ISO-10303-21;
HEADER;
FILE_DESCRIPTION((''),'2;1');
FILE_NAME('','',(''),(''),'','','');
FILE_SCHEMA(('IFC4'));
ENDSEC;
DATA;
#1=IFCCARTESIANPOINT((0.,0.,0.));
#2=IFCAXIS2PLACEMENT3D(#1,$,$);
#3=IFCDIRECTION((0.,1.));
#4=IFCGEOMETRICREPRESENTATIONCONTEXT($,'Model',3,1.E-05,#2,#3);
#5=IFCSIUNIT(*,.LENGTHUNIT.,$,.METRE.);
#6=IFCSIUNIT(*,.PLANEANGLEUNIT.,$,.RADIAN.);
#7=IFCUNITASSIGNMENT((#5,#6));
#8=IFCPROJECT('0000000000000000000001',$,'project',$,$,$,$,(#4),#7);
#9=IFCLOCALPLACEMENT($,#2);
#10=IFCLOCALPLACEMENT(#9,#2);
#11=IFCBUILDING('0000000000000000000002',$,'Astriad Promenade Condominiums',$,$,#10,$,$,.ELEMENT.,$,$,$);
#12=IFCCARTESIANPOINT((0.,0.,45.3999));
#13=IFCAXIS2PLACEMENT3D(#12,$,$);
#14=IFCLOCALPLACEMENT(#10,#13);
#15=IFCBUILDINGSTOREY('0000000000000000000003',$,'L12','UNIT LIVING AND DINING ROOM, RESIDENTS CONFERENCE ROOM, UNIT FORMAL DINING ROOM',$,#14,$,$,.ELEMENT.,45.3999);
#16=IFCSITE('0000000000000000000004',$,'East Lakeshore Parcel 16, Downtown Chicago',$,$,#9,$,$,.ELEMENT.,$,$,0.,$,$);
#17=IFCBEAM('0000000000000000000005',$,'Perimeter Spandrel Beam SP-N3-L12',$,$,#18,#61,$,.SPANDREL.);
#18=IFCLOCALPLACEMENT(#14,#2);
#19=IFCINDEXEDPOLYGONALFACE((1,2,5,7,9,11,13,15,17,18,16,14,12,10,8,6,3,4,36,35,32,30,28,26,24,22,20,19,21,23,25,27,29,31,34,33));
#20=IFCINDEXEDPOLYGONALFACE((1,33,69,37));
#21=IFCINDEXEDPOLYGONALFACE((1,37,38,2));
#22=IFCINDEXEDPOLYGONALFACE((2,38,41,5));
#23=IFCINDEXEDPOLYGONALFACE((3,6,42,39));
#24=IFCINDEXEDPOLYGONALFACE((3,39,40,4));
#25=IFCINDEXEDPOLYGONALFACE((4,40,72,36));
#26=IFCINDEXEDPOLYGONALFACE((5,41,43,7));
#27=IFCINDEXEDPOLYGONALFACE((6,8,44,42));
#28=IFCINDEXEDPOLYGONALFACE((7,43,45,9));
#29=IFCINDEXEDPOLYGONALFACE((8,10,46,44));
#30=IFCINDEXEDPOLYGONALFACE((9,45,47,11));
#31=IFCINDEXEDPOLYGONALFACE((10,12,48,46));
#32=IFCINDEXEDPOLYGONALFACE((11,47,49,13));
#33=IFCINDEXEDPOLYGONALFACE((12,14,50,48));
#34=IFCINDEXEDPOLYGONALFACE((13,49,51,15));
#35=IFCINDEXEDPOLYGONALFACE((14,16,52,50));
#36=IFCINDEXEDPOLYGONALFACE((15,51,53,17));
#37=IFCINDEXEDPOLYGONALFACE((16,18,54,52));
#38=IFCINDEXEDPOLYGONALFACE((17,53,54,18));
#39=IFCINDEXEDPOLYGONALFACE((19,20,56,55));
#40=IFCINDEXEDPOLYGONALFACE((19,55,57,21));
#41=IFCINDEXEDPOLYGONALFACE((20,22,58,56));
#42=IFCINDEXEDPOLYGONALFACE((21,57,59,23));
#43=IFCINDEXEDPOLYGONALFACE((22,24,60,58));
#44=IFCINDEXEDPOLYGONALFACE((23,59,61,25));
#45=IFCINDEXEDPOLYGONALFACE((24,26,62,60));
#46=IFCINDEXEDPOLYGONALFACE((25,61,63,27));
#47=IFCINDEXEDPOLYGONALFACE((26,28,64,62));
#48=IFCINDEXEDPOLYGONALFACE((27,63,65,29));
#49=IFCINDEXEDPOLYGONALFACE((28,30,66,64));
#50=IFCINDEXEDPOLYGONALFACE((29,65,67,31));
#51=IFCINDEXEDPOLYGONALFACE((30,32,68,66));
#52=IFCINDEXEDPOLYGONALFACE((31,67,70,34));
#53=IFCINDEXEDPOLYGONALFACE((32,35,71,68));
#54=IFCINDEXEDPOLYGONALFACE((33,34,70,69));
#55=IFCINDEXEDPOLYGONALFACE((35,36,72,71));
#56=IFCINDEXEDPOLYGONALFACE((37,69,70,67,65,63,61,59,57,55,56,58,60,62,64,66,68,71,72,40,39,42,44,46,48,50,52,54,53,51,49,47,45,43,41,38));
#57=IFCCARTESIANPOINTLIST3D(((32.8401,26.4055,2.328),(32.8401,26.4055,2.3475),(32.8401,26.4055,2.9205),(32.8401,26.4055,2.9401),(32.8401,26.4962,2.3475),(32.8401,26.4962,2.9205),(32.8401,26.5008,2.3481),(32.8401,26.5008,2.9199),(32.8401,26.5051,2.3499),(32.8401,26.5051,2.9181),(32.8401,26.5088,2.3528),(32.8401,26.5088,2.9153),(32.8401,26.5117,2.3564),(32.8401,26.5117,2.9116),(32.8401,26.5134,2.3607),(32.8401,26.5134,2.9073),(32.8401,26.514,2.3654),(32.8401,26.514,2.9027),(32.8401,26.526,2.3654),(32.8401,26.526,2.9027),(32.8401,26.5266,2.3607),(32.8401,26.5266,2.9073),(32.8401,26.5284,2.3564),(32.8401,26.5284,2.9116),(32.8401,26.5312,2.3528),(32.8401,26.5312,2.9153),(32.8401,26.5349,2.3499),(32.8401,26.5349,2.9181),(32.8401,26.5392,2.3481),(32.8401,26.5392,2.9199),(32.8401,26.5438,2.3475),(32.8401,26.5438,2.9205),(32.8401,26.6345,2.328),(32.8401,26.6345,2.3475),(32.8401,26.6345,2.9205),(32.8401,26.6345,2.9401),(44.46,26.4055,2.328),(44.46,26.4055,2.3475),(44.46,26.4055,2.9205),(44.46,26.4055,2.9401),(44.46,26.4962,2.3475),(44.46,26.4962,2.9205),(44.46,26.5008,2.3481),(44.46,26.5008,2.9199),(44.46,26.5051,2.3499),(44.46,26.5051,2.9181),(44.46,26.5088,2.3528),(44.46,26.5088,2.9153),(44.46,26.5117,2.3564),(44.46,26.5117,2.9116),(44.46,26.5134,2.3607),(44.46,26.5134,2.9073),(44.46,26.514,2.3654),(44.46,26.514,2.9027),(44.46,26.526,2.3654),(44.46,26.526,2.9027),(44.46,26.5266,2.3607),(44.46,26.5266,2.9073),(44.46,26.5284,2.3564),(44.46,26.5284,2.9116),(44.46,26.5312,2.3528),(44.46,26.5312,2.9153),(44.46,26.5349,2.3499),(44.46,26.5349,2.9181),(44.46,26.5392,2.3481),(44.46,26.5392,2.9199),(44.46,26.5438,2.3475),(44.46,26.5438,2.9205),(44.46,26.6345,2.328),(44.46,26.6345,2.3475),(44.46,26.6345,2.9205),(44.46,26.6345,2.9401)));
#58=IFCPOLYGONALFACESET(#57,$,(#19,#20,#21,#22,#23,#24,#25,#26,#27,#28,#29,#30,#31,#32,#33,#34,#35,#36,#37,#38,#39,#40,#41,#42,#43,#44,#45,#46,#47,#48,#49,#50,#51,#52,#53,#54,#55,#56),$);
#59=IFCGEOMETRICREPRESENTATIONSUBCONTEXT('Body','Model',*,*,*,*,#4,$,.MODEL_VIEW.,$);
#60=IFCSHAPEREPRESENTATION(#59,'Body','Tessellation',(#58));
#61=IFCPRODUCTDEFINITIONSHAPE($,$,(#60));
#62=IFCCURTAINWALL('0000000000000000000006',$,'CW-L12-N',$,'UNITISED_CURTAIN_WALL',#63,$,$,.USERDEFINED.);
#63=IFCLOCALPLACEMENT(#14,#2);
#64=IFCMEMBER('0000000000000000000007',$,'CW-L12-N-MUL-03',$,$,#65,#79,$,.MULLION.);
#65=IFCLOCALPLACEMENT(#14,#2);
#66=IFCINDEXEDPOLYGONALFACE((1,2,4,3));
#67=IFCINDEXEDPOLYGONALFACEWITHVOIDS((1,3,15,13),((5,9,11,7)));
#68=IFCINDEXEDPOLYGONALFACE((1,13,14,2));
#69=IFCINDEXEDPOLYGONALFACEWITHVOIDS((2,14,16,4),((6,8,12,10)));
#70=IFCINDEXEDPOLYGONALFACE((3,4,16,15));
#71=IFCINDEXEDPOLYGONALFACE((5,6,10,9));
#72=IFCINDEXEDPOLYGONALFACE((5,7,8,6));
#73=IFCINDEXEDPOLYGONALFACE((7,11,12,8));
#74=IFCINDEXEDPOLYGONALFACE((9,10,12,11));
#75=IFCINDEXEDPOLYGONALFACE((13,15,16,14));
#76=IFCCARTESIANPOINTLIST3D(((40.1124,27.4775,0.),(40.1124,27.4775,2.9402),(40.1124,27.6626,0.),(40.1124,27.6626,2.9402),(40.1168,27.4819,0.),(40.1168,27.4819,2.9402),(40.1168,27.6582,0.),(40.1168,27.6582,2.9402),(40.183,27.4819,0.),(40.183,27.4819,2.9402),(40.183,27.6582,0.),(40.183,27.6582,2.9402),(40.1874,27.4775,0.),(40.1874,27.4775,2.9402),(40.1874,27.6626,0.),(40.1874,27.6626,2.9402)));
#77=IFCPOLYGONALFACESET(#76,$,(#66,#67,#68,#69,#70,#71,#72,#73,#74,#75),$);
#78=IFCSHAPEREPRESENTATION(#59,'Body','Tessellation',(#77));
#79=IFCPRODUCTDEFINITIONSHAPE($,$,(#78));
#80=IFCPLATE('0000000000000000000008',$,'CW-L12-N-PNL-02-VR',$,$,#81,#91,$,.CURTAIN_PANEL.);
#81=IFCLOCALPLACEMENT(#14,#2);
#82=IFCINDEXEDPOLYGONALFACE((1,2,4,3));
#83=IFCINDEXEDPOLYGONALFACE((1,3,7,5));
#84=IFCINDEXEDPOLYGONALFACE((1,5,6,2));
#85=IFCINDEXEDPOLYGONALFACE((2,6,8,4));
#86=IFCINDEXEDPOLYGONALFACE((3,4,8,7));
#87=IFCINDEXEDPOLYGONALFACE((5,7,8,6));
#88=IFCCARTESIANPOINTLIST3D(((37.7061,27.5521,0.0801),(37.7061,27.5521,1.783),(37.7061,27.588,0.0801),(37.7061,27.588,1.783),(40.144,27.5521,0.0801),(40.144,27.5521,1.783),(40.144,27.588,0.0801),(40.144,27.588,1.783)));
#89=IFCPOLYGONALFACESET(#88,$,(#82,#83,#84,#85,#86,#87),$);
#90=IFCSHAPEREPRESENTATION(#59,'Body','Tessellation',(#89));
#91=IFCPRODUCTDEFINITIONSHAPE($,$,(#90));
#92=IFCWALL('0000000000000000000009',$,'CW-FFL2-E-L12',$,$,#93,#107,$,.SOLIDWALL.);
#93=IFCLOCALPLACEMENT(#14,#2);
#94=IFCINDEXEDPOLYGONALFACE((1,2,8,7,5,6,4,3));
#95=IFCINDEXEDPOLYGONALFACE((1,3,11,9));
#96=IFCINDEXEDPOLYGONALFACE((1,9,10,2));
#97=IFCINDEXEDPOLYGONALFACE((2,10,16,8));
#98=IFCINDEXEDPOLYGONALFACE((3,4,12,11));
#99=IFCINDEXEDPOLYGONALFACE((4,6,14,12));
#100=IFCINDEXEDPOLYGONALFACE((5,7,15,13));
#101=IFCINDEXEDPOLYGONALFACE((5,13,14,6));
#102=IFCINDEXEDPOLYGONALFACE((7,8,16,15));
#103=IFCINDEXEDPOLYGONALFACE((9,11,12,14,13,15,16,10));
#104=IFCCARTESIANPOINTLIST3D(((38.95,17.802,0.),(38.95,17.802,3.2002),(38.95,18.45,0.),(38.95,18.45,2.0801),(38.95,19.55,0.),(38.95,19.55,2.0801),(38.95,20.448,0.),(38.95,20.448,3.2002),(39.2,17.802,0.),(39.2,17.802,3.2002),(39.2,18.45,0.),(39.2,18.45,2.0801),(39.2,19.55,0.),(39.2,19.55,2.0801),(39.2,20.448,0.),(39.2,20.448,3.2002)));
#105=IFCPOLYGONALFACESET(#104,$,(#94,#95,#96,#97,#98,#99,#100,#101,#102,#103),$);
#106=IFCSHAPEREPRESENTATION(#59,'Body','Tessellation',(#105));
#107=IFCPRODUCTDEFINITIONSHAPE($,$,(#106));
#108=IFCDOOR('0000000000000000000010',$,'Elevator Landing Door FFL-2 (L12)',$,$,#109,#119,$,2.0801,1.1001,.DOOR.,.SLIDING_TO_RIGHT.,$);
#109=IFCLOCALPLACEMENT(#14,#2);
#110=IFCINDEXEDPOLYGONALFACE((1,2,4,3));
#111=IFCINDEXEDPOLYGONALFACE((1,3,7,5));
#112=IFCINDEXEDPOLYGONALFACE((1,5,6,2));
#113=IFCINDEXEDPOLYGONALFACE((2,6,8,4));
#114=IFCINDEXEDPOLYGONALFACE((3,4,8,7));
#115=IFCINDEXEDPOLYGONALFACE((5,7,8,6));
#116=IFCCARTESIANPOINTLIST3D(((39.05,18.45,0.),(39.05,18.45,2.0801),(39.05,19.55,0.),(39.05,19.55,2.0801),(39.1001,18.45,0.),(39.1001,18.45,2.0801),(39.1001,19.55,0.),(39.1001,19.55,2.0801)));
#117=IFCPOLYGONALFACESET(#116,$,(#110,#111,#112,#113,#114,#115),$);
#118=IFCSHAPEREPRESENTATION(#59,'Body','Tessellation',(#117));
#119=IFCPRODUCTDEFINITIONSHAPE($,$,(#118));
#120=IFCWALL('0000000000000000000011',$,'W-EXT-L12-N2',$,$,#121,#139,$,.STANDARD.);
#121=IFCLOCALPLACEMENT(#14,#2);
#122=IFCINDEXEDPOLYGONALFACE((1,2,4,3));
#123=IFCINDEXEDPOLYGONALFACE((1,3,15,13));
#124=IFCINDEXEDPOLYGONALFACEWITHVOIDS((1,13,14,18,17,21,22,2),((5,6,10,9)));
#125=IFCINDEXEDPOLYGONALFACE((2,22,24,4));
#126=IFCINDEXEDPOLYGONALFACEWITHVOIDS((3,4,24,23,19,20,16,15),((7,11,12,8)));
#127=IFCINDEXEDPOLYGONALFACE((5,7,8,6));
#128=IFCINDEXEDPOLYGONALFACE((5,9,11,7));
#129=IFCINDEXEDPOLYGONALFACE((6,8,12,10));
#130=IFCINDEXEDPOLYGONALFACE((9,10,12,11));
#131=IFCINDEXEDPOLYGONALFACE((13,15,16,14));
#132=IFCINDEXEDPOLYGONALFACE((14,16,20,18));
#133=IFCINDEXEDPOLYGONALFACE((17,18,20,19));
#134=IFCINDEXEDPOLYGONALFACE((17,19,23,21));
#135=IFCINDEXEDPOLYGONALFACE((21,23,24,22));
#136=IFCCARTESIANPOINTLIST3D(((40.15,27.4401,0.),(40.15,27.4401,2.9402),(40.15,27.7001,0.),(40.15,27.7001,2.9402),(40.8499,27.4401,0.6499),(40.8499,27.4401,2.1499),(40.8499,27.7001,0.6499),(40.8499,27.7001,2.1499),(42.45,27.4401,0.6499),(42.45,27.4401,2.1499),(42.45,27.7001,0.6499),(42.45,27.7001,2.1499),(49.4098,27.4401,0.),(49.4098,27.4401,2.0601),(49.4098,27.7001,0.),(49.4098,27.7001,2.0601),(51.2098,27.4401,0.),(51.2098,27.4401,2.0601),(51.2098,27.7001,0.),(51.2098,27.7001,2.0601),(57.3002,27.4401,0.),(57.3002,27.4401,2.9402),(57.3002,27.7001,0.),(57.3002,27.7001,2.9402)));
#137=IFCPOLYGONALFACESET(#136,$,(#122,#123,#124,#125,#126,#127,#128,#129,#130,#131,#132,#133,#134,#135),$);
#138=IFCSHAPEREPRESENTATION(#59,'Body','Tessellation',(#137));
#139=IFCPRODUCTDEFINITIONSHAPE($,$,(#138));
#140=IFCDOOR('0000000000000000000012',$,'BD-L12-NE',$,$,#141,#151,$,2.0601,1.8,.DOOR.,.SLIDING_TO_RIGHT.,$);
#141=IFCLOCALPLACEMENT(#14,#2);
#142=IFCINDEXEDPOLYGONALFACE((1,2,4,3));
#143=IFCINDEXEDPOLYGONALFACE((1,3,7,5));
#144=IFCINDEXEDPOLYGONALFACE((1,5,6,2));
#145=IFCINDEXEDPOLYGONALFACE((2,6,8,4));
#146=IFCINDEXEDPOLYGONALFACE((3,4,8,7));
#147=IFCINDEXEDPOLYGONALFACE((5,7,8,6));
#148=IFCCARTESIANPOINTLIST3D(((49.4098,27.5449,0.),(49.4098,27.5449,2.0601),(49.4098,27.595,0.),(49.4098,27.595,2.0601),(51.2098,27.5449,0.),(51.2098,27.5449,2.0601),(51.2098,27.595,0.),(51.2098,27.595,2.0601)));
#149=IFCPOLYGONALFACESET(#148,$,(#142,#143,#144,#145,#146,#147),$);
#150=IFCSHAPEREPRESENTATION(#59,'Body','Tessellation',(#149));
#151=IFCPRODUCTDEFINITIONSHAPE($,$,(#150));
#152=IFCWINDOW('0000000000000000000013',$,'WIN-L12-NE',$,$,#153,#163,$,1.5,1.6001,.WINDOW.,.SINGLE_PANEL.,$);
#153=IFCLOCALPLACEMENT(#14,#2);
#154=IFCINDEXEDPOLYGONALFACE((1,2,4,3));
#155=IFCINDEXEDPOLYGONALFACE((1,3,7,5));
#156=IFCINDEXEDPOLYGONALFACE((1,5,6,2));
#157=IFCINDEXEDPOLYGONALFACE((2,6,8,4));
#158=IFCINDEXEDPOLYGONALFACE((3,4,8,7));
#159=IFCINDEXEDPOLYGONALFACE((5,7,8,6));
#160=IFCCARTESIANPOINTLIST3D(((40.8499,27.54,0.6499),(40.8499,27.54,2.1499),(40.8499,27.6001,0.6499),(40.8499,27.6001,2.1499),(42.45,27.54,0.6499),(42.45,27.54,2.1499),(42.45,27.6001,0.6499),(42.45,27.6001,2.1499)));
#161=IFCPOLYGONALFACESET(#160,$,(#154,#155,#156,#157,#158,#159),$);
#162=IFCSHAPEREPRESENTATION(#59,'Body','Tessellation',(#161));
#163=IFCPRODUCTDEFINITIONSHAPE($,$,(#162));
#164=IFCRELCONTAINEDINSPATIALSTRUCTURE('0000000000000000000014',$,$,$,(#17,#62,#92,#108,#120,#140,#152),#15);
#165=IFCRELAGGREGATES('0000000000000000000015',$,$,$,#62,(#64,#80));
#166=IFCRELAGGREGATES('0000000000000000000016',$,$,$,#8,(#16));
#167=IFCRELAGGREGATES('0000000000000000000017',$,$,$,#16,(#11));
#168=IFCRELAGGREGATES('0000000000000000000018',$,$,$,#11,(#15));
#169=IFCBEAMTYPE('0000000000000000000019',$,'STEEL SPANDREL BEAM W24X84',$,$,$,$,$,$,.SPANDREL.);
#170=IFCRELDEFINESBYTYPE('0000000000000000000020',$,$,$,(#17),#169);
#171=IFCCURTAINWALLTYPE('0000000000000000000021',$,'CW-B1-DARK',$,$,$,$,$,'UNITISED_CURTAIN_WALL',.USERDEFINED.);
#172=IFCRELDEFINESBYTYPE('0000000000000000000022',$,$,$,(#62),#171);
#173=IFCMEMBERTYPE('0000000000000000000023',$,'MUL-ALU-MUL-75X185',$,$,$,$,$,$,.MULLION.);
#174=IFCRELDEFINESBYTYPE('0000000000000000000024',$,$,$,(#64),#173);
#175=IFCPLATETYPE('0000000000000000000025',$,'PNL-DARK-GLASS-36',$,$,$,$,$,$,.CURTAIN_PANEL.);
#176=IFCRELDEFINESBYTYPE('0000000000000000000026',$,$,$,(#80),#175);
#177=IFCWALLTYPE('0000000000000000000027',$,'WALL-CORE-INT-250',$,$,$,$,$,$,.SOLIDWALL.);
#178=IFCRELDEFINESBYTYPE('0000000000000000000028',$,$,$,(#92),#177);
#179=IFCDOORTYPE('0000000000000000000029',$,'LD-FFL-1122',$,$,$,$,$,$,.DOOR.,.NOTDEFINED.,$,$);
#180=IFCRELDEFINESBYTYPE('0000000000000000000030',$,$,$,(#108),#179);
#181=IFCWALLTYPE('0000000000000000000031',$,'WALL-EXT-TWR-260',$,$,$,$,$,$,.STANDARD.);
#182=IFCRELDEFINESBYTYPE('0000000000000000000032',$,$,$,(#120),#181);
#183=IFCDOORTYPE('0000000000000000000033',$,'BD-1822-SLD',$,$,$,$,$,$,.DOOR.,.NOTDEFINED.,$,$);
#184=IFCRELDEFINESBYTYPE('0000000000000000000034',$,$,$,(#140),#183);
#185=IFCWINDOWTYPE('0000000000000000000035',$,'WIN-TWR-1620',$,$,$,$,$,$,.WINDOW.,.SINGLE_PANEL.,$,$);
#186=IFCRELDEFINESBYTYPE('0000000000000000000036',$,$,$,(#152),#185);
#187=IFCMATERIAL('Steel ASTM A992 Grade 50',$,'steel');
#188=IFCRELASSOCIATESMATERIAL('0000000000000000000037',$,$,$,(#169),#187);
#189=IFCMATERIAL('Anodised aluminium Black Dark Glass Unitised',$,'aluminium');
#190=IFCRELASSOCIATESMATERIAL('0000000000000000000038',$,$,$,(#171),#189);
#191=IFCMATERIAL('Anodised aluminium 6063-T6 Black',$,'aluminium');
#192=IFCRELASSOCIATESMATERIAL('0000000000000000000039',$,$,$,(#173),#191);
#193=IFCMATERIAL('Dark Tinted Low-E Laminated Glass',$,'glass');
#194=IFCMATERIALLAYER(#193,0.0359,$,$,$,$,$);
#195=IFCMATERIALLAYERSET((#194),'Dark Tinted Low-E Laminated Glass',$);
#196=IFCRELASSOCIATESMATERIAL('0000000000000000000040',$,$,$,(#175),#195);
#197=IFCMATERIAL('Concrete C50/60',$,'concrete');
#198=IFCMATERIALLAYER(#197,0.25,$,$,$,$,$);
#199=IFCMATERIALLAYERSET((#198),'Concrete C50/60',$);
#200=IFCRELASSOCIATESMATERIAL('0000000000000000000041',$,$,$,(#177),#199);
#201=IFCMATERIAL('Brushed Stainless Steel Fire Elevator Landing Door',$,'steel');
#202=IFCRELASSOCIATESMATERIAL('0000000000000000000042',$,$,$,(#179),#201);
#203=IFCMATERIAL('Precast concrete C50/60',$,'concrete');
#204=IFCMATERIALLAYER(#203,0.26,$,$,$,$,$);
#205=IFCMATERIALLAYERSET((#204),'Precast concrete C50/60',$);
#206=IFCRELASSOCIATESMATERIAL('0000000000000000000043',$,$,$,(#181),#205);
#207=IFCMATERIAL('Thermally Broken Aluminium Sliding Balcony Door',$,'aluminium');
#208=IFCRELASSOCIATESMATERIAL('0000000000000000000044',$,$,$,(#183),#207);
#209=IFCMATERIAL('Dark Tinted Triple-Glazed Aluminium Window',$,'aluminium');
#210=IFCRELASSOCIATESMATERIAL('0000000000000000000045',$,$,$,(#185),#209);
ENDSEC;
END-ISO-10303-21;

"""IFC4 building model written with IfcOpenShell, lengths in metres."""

from ifc_helpers import new_model, si_unit, direction, frame, frame_2d, origin, origin_2d, place, context, subcontext, project, spatial, rectangle, hollow_rectangle, i_section, extrude, source, transform, mapped, material, layer, layer_set, material_profile, profile_set, type_object, type_shapes, element, fill, aggregate, save


model = new_model("IFC4")

# Units and contexts
model_context = context("Model", 3, precision=1e-05, world=origin(), true_north=direction((0.0, 1.0)))
body_context = subcontext(model_context, "Body", "Model", "MODEL_VIEW")
ifc_project = project(units=[si_unit("LENGTHUNIT", "METRE"), si_unit("PLANEANGLEUNIT", "RADIAN")], contexts=[model_context])

# Site, building, storey
site_placement = place(None, origin())
site = spatial("IfcSite", under=ifc_project, at=site_placement, Name="East Lakeshore Parcel 16, Downtown Chicago", CompositionType="ELEMENT", RefElevation=0.0)
building_placement = place(site_placement, origin())
building = spatial("IfcBuilding", under=site, at=building_placement, Name="Astriad Promenade Condominiums", CompositionType="ELEMENT")
storey_placement = place(building_placement, frame((0.0, 0.0, 45.3999)))
storey = spatial("IfcBuildingStorey", under=building, at=storey_placement, Name="L12", Description="UNIT LIVING AND DINING ROOM, RESIDENTS CONFERENCE ROOM, UNIT FORMAL DINING ROOM", CompositionType="ELEMENT", Elevation=45.3999)

# Shared definitions
ifc_material_1 = material(Name="Steel ASTM A992 Grade 50", Category="steel")

# Beam
ifc_material_profile_1 = material_profile(ifc_material_1, i_section(OverallWidth=0.229, OverallDepth=0.6121, WebThickness=0.012, FlangeThickness=0.0195, FilletRadius=0.0178, at=origin_2d()), Name="W24X84")
ifc_profile_set_1 = profile_set([ifc_material_profile_1], Name="Steel ASTM A992 Grade 50")
beam_type_1 = type_object("IfcBeamType", Name="STEEL SPANDREL BEAM W24X84", PredefinedType="SPANDREL", material=ifc_profile_set_1)
shared_shape_1 = source(origin(), body_context, "Body", "SweptSolid", [
    extrude(i_section(OverallWidth=0.229, OverallDepth=0.6121, WebThickness=0.012, FlangeThickness=0.0195, FilletRadius=0.0178, at=origin_2d()), origin(), (0.0, 0.0, 1.0), 11.6199),
])
type_shapes(beam_type_1, [shared_shape_1])
beam_1_placement = place(storey_placement, frame((44.46, 26.52, 2.634), z_axis=(-1.0, 0.0, 0.0), x_axis=(0.0, -1.0, 0.0)))
element("IfcBeam", 1, at=beam_1_placement, inside=storey, type_object=beam_type_1, Name="Perimeter Spandrel Beam SP-N3-L12", PredefinedType="SPANDREL", context=body_context, shape_type="MappedRepresentation", body=[
    mapped(shared_shape_1, transform((0.0, 0.0, 0.0), scale=1.0)),
])

# Curtain wall, member, plate
ifc_material_2 = material(Name="Anodised aluminium Black Dark Glass Unitised", Category="aluminium")
curtain_wall_type = type_object("IfcCurtainWallType", Name="CW-B1-DARK", ElementType="UNITISED_CURTAIN_WALL", PredefinedType="USERDEFINED", material=ifc_material_2)
curtain_wall_placement = place(storey_placement, origin())
curtain_wall = element("IfcCurtainWall", 2, at=curtain_wall_placement, inside=storey, type_object=curtain_wall_type, Name="CW-L12-N", ObjectType="UNITISED_CURTAIN_WALL", PredefinedType="USERDEFINED")
ifc_material_3 = material(Name="Anodised aluminium 6063-T6 Black", Category="aluminium")
ifc_material_profile_2 = material_profile(ifc_material_3, hollow_rectangle(XDim=0.075, YDim=0.1851, WallThickness=0.0044, at=origin_2d()), Name="ALU-MUL-75X185")
ifc_profile_set_2 = profile_set([ifc_material_profile_2], Name="Anodised aluminium 6063-T6 Black")
member_type = type_object("IfcMemberType", Name="MUL-ALU-MUL-75X185", PredefinedType="MULLION", material=ifc_profile_set_2)
shared_shape_2 = source(origin(), body_context, "Body", "SweptSolid", [
    extrude(hollow_rectangle(XDim=0.075, YDim=0.1851, WallThickness=0.0044, at=origin_2d()), origin(), (0.0, 0.0, 1.0), 2.9402),
])
type_shapes(member_type, [shared_shape_2])
member_placement = place(storey_placement, frame((40.1499, 27.5701, 0.0), z_axis=(0.0, 0.0, 1.0), x_axis=(1.0, 0.0, 0.0)))
member = element("IfcMember", 3, at=member_placement, type_object=member_type, Name="CW-L12-N-MUL-03", PredefinedType="MULLION", context=body_context, shape_type="MappedRepresentation", body=[
    mapped(shared_shape_2, transform((0.0, 0.0, 0.0), scale=1.0)),
])
ifc_material_4 = material(Name="Dark Tinted Low-E Laminated Glass", Category="glass")
ifc_layer_1 = layer(ifc_material_4, 0.0359)
ifc_layer_set_1 = layer_set([ifc_layer_1], Name="Dark Tinted Low-E Laminated Glass")
plate_type = type_object("IfcPlateType", Name="PNL-DARK-GLASS-36", PredefinedType="CURTAIN_PANEL", material=ifc_layer_set_1)
shared_shape_3 = source(origin(), body_context, "Body", "SweptSolid", [
    extrude(rectangle(XDim=2.438, YDim=0.0359, at=origin_2d()), origin(), (0.0, 0.0, 1.0), 1.7029),
])
type_shapes(plate_type, [shared_shape_3])
plate_placement = place(storey_placement, frame((38.925, 27.5701, 0.0801), z_axis=(0.0, 0.0, 1.0), x_axis=(1.0, 0.0, 0.0)))
plate = element("IfcPlate", 4, at=plate_placement, type_object=plate_type, Name="CW-L12-N-PNL-02-VR", PredefinedType="CURTAIN_PANEL", context=body_context, shape_type="MappedRepresentation", body=[
    mapped(shared_shape_3, transform((0.0, 0.0, 0.0), scale=1.0)),
])
aggregate(curtain_wall, [member, plate])

# Wall, opening, door
ifc_material_5 = material(Name="Concrete C50/60", Category="concrete")
ifc_layer_2 = layer(ifc_material_5, 0.25)
ifc_layer_set_2 = layer_set([ifc_layer_2], Name="Concrete C50/60")
wall_type_1 = type_object("IfcWallType", Name="WALL-CORE-INT-250", PredefinedType="SOLIDWALL", material=ifc_layer_set_2)
wall_1_placement = place(storey_placement, frame((39.075, 17.802, 0.0), z_axis=(0.0, 0.0, 1.0), x_axis=(0.0, 1.0, 0.0)))
wall_1 = element("IfcWall", 5, at=wall_1_placement, inside=storey, type_object=wall_type_1, Name="CW-FFL2-E-L12", PredefinedType="SOLIDWALL", context=body_context, shape_type="SweptSolid", body=[
    extrude(rectangle(XDim=2.646, YDim=0.25, at=frame_2d((1.323, 0.0))), origin(), (0.0, 0.0, 1.0), 3.2002),
])
opening_1_placement = place(wall_1_placement, frame((0.6479, 0.0, 0.0)))
opening_1 = element("IfcOpeningElement", 6, at=opening_1_placement, cuts=wall_1, PredefinedType="OPENING", context=body_context, shape_type="SweptSolid", body=[
    extrude(rectangle(XDim=1.1001, YDim=2.0801, at=frame_2d((0.55, 1.04))), frame((0.0, 0.135, 0.0), z_axis=(0.0, -1.0, 0.0), x_axis=(1.0, 0.0, 0.0)), (0.0, 0.0, 1.0), 0.27),
])
ifc_material_6 = material(Name="Brushed Stainless Steel Fire Elevator Landing Door", Category="steel")
door_type_1 = type_object("IfcDoorType", Name="LD-FFL-1122", OperationType="NOTDEFINED", PredefinedType="DOOR", material=ifc_material_6)
shared_shape_4 = source(origin(), body_context, "Body", "SweptSolid", [
    extrude(rectangle(XDim=1.1001, YDim=2.0801, at=frame_2d((0.55, 1.04))), frame((0.0, 0.0249, 0.0), z_axis=(0.0, -1.0, 0.0), x_axis=(1.0, 0.0, 0.0)), (0.0, 0.0, 1.0), 0.05),
])
type_shapes(door_type_1, [shared_shape_4])
door_1_placement = place(opening_1_placement, origin())
door_1 = element("IfcDoor", 7, at=door_1_placement, inside=storey, type_object=door_type_1, Name="Elevator Landing Door FFL-2 (L12)", OperationType="SLIDING_TO_RIGHT", OverallHeight=2.0801, OverallWidth=1.1001, PredefinedType="DOOR", context=body_context, shape_type="MappedRepresentation", body=[
    mapped(shared_shape_4, transform((0.0, 0.0, 0.0), scale=1.0)),
])
fill(opening_1, door_1)

# Wall, openings, door, window
ifc_material_7 = material(Name="Precast concrete C50/60", Category="concrete")
ifc_layer_3 = layer(ifc_material_7, 0.26)
ifc_layer_set_3 = layer_set([ifc_layer_3], Name="Precast concrete C50/60")
wall_type_2 = type_object("IfcWallType", Name="WALL-EXT-TWR-260", PredefinedType="STANDARD", material=ifc_layer_set_3)
wall_2_placement = place(storey_placement, frame((40.1499, 27.5701, 0.0), z_axis=(0.0, 0.0, 1.0), x_axis=(1.0, 0.0, 0.0)))
wall_2 = element("IfcWall", 8, at=wall_2_placement, inside=storey, type_object=wall_type_2, Name="W-EXT-L12-N2", PredefinedType="STANDARD", context=body_context, shape_type="SweptSolid", body=[
    extrude(rectangle(XDim=17.1501, YDim=0.26, at=frame_2d((8.5752, 0.0))), origin(), (0.0, 0.0, 1.0), 2.9402),
])
opening_2_placement = place(wall_2_placement, frame((9.26, 0.0, 0.0)))
opening_2 = element("IfcOpeningElement", 9, at=opening_2_placement, cuts=wall_2, PredefinedType="OPENING", context=body_context, shape_type="SweptSolid", body=[
    extrude(rectangle(XDim=1.8, YDim=2.0601, at=frame_2d((0.8999, 1.03))), frame((0.0, 0.1399, 0.0), z_axis=(0.0, -1.0, 0.0), x_axis=(1.0, 0.0, 0.0)), (0.0, 0.0, 1.0), 0.28),
])
opening_3_placement = place(wall_2_placement, frame((0.7, 0.0, 0.6499)))
opening_3 = element("IfcOpeningElement", 10, at=opening_3_placement, cuts=wall_2, PredefinedType="OPENING", context=body_context, shape_type="SweptSolid", body=[
    extrude(rectangle(XDim=1.6001, YDim=1.5, at=frame_2d((0.8, 0.75))), frame((0.0, 0.1399, 0.0), z_axis=(0.0, -1.0, 0.0), x_axis=(1.0, 0.0, 0.0)), (0.0, 0.0, 1.0), 0.28),
])
ifc_material_8 = material(Name="Thermally Broken Aluminium Sliding Balcony Door", Category="aluminium")
door_type_2 = type_object("IfcDoorType", Name="BD-1822-SLD", OperationType="NOTDEFINED", PredefinedType="DOOR", material=ifc_material_8)
shared_shape_5 = source(origin(), body_context, "Body", "SweptSolid", [
    extrude(rectangle(XDim=1.8, YDim=2.0601, at=frame_2d((0.8999, 1.03))), frame((0.0, 0.0249, 0.0), z_axis=(0.0, -1.0, 0.0), x_axis=(1.0, 0.0, 0.0)), (0.0, 0.0, 1.0), 0.05),
])
type_shapes(door_type_2, [shared_shape_5])
door_2_placement = place(opening_2_placement, origin())
door_2 = element("IfcDoor", 11, at=door_2_placement, inside=storey, type_object=door_type_2, Name="BD-L12-NE", OperationType="SLIDING_TO_RIGHT", OverallHeight=2.0601, OverallWidth=1.8, PredefinedType="DOOR", context=body_context, shape_type="MappedRepresentation", body=[
    mapped(shared_shape_5, transform((0.0, 0.0, 0.0), scale=1.0)),
])
fill(opening_2, door_2)
ifc_material_9 = material(Name="Dark Tinted Triple-Glazed Aluminium Window", Category="aluminium")
window_type = type_object("IfcWindowType", Name="WIN-TWR-1620", PartitioningType="SINGLE_PANEL", PredefinedType="WINDOW", material=ifc_material_9)
shared_shape_6 = source(origin(), body_context, "Body", "SweptSolid", [
    extrude(rectangle(XDim=1.6001, YDim=1.5, at=frame_2d((0.8, 0.75))), frame((0.0, 0.03, 0.0), z_axis=(0.0, -1.0, 0.0), x_axis=(1.0, 0.0, 0.0)), (0.0, 0.0, 1.0), 0.0601),
])
type_shapes(window_type, [shared_shape_6])
window_placement = place(opening_3_placement, origin())
window = element("IfcWindow", 12, at=window_placement, inside=storey, type_object=window_type, Name="WIN-L12-NE", OverallHeight=1.5, OverallWidth=1.6001, PartitioningType="SINGLE_PANEL", PredefinedType="WINDOW", context=body_context, shape_type="MappedRepresentation", body=[
    mapped(shared_shape_6, transform((0.0, 0.0, 0.0), scale=1.0)),
])
fill(opening_3, window)

save(model, "model.ifc")
